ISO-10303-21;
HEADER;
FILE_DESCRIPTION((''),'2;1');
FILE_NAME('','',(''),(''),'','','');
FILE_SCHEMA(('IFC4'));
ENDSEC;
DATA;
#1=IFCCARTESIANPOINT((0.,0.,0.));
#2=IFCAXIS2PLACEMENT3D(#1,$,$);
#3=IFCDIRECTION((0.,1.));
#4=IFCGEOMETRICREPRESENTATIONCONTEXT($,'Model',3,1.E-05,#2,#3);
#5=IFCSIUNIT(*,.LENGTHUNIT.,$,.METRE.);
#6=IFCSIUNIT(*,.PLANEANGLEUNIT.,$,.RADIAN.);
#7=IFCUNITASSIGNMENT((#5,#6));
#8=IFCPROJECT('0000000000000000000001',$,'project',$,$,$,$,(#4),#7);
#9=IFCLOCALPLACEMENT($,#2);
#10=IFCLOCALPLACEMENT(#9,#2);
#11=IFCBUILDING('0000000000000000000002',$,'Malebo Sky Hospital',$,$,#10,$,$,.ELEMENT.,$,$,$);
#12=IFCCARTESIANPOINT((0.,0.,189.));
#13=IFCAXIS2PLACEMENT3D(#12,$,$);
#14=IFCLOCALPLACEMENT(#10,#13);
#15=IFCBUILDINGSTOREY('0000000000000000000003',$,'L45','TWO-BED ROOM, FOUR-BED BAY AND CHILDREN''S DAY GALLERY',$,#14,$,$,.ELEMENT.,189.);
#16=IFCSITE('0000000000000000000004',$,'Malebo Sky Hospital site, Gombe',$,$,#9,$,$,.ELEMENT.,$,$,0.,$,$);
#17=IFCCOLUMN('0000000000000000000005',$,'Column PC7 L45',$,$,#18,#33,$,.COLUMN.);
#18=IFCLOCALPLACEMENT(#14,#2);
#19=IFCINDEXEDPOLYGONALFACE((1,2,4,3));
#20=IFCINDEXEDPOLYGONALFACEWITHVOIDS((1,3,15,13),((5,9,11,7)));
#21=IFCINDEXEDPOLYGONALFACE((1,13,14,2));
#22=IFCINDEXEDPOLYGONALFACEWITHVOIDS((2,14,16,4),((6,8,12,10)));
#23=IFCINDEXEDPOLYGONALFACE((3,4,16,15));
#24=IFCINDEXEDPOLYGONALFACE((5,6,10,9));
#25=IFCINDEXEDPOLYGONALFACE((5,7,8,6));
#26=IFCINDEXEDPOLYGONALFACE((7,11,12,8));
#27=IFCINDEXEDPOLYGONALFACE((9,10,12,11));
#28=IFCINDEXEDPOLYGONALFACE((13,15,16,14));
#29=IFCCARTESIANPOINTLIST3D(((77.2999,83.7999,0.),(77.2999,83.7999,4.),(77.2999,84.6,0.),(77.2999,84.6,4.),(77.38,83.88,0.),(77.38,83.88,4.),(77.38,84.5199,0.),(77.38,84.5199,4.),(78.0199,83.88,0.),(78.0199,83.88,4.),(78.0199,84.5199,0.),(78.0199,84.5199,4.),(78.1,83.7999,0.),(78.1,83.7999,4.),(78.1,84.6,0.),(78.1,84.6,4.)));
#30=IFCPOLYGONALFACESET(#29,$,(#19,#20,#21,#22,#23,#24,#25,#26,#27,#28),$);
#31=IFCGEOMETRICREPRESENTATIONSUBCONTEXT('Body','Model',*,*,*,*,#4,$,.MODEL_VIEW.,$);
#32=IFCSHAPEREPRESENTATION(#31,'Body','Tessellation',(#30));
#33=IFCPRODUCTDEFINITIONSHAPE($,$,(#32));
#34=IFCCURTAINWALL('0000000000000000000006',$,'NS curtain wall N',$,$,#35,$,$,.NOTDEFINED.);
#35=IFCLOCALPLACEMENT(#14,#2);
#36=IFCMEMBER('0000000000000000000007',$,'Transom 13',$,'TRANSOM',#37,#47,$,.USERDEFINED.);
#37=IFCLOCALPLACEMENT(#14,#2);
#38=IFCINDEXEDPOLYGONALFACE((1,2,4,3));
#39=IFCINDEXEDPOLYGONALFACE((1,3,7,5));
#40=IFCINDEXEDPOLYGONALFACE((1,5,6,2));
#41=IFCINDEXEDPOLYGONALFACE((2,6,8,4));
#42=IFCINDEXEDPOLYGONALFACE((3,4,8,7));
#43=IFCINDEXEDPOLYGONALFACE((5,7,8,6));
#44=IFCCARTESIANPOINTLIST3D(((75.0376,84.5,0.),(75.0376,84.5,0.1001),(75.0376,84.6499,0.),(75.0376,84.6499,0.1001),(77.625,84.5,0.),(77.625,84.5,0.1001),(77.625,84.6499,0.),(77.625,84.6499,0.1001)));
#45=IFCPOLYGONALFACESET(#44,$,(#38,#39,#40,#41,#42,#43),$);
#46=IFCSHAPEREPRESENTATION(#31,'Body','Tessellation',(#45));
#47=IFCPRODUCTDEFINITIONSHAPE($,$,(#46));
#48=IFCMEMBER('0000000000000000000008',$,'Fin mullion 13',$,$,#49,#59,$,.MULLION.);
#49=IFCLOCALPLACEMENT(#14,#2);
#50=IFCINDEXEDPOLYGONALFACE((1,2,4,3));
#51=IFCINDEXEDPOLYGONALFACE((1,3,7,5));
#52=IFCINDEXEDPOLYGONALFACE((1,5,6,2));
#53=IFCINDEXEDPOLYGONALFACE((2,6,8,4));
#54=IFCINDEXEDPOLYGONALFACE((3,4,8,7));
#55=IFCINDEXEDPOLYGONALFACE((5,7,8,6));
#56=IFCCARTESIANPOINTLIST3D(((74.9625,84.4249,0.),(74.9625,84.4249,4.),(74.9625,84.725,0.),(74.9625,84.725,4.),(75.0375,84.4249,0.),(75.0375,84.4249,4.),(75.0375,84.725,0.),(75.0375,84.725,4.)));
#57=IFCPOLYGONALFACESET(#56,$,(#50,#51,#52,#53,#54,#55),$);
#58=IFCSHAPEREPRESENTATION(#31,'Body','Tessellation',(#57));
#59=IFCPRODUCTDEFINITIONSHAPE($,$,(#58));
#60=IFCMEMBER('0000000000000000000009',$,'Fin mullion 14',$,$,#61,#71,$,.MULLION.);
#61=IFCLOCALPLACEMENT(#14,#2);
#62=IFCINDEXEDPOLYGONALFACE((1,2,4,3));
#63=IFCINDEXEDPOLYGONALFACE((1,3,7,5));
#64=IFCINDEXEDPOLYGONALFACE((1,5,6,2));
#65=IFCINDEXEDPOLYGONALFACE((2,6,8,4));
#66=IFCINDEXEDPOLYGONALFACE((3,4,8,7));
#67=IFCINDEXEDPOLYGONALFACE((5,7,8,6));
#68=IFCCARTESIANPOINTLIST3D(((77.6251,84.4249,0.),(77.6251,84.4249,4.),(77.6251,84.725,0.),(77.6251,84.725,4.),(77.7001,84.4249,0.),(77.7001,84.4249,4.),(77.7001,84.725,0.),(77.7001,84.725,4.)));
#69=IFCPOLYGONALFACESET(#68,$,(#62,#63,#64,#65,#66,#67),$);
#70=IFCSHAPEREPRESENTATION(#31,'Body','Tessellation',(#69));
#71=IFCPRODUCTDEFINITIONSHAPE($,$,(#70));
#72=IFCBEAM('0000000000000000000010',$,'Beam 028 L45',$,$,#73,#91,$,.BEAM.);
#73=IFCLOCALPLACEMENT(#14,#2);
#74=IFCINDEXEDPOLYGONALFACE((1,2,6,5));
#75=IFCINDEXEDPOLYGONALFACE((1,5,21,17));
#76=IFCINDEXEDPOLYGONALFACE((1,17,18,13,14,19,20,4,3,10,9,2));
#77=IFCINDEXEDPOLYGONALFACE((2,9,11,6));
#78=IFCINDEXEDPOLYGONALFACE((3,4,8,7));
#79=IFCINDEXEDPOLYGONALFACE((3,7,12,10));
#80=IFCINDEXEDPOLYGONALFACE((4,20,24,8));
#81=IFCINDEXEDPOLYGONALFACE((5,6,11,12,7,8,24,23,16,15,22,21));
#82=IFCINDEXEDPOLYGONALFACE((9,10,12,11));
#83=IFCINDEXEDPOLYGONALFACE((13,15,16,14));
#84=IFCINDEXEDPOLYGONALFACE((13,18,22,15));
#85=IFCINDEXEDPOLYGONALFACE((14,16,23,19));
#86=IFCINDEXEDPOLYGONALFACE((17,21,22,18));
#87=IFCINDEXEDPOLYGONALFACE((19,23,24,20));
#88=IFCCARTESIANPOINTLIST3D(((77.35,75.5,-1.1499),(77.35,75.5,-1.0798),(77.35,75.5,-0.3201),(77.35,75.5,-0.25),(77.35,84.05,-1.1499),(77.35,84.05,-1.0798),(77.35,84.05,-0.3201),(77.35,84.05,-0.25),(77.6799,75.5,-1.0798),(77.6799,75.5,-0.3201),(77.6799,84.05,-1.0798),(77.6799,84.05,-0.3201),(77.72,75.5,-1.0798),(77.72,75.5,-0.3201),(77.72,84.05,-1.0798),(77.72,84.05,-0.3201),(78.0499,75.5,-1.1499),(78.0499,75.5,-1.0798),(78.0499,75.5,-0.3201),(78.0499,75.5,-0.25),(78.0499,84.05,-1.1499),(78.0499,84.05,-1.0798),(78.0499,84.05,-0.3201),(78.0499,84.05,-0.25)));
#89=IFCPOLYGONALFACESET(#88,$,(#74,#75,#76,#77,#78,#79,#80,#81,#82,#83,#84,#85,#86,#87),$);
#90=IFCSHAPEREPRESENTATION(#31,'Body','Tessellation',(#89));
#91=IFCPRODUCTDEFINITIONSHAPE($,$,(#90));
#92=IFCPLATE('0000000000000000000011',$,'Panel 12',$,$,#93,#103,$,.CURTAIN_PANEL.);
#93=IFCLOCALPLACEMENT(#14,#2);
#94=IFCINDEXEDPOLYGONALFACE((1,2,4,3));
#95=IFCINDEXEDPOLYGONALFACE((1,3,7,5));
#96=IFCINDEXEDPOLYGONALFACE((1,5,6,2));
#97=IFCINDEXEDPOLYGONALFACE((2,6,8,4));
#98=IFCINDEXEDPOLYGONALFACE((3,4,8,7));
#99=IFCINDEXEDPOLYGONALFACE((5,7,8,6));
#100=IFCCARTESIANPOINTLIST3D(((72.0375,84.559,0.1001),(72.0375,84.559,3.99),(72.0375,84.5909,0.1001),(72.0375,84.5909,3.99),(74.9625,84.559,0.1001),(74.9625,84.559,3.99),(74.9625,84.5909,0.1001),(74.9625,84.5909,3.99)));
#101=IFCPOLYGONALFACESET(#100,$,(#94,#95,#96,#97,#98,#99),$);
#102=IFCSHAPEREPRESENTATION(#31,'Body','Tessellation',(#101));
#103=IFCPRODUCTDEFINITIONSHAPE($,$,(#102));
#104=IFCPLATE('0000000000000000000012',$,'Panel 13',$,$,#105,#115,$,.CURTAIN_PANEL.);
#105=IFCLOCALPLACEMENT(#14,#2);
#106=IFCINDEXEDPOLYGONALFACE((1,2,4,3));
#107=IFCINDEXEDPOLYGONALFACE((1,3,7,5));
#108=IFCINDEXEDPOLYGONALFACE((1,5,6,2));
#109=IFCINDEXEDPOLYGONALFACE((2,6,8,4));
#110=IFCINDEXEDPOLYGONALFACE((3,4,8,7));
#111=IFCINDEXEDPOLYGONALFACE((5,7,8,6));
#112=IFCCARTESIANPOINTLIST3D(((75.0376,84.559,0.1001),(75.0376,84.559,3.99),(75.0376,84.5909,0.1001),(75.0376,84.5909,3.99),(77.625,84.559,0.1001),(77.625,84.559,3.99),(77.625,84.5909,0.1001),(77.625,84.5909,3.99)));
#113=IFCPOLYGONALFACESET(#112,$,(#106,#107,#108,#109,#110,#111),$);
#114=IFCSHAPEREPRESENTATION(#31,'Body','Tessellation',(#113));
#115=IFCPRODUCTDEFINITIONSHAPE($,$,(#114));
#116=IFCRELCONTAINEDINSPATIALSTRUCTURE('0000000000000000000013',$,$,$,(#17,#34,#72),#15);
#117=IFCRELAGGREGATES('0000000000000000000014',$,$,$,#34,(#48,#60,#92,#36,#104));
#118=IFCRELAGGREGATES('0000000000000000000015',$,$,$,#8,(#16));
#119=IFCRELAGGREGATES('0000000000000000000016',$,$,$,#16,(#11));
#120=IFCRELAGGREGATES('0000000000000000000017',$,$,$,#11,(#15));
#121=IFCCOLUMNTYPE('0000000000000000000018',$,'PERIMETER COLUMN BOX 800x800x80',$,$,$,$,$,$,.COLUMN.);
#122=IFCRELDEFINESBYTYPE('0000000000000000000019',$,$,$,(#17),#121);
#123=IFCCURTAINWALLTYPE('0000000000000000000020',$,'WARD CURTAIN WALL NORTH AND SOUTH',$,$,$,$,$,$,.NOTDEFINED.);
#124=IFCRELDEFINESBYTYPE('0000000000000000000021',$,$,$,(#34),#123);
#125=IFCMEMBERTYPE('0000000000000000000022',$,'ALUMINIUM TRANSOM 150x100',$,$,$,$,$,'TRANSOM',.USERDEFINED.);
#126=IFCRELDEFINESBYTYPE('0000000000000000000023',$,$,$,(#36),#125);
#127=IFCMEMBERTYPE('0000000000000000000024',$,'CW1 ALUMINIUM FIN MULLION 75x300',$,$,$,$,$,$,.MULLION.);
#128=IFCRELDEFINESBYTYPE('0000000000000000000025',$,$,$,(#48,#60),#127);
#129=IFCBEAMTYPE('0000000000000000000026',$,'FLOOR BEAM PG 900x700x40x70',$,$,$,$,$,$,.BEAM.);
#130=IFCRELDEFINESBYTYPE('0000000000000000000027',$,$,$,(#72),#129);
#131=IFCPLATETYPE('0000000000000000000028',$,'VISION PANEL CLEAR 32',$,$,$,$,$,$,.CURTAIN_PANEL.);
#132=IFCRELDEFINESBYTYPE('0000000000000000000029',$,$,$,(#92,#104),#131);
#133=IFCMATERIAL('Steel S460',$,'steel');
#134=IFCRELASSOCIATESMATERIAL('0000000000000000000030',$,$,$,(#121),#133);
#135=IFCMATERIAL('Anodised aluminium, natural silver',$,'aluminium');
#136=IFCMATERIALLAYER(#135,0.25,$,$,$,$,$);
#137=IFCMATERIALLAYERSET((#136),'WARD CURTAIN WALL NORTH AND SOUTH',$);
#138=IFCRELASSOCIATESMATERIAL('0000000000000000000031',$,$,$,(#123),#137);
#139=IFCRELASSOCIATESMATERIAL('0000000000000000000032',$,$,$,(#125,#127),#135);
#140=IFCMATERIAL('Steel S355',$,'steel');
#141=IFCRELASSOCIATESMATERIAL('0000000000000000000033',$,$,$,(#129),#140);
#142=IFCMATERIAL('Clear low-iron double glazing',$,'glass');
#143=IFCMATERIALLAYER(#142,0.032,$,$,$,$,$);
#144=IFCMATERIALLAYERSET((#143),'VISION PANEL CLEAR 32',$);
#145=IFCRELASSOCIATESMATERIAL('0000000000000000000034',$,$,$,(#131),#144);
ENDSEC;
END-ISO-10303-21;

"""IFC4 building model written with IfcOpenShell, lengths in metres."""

from ifc_helpers import new_model, si_unit, direction, frame, origin, origin_2d, place, context, subcontext, project, spatial, rectangle, hollow_rectangle, i_section, extrude, material, layer, layer_set, material_profile, profile_set, type_object, element, aggregate, save


model = new_model("IFC4")

# Units and contexts
model_context = context("Model", 3, precision=1e-05, world=origin(), true_north=direction((0.0, 1.0)))
body_context = subcontext(model_context, "Body", "Model", "MODEL_VIEW")
ifc_project = project(units=[si_unit("LENGTHUNIT", "METRE"), si_unit("PLANEANGLEUNIT", "RADIAN")], contexts=[model_context])

# Site, building, storey
site_placement = place(None, origin())
site = spatial("IfcSite", under=ifc_project, at=site_placement, Name="Malebo Sky Hospital site, Gombe", CompositionType="ELEMENT", RefElevation=0.0)
building_placement = place(site_placement, origin())
building = spatial("IfcBuilding", under=site, at=building_placement, Name="Malebo Sky Hospital", CompositionType="ELEMENT")
storey_placement = place(building_placement, frame((0.0, 0.0, 189.0)))
storey = spatial("IfcBuildingStorey", under=building, at=storey_placement, Name="L45", Description="TWO-BED ROOM, FOUR-BED BAY AND CHILDREN'S DAY GALLERY", CompositionType="ELEMENT", Elevation=189.0)

# Column
ifc_material_1 = material(Name="Steel S460", Category="steel")
ifc_material_profile_1 = material_profile(ifc_material_1, hollow_rectangle(XDim=0.8, YDim=0.8, WallThickness=0.0801, at=origin_2d()), Name="BOX 800x800x80")
ifc_profile_set_1 = profile_set([ifc_material_profile_1], Name="Steel S460")
column_type = type_object("IfcColumnType", Name="PERIMETER COLUMN BOX 800x800x80", PredefinedType="COLUMN", material=ifc_profile_set_1)
column_placement = place(storey_placement, frame((77.7, 84.2, 0.0), z_axis=(0.0, 0.0, 1.0), x_axis=(1.0, 0.0, 0.0)))
element("IfcColumn", 1, at=column_placement, inside=storey, type_object=column_type, Name="Column PC7 L45", PredefinedType="COLUMN", context=body_context, shape_type="SweptSolid", body=[
    extrude(hollow_rectangle(XDim=0.8, YDim=0.8, WallThickness=0.0801, at=origin_2d()), origin(), (0.0, 0.0, 1.0), 4.0),
])

# Curtain wall, members
ifc_material_2 = material(Name="Anodised aluminium, natural silver", Category="aluminium")
ifc_layer_1 = layer(ifc_material_2, 0.25)
ifc_layer_set_1 = layer_set([ifc_layer_1], Name="WARD CURTAIN WALL NORTH AND SOUTH")
curtain_wall_type = type_object("IfcCurtainWallType", Name="WARD CURTAIN WALL NORTH AND SOUTH", PredefinedType="NOTDEFINED", material=ifc_layer_set_1)
curtain_wall_placement = place(storey_placement, origin())
curtain_wall = element("IfcCurtainWall", 2, at=curtain_wall_placement, inside=storey, type_object=curtain_wall_type, Name="NS curtain wall N", PredefinedType="NOTDEFINED")
ifc_material_profile_2 = material_profile(ifc_material_2, rectangle(XDim=0.1499, YDim=0.1001, at=origin_2d()), Name="ALUMINIUM TRANSOM 150x100")
ifc_profile_set_2 = profile_set([ifc_material_profile_2], Name="Anodised aluminium, natural silver")
member_type_1 = type_object("IfcMemberType", Name="ALUMINIUM TRANSOM 150x100", ElementType="TRANSOM", PredefinedType="USERDEFINED", material=ifc_profile_set_2)
member_1_placement = place(storey_placement, frame((75.0376, 84.575, 0.05), z_axis=(1.0, 0.0, 0.0), x_axis=(0.0, 1.0, 0.0)))
member_1 = element("IfcMember", 3, at=member_1_placement, type_object=member_type_1, Name="Transom 13", ObjectType="TRANSOM", PredefinedType="USERDEFINED", context=body_context, shape_type="SweptSolid", body=[
    extrude(rectangle(XDim=0.1499, YDim=0.1001, at=origin_2d()), origin(), (0.0, 0.0, 1.0), 2.5874),
])
ifc_material_profile_3 = material_profile(ifc_material_2, rectangle(XDim=0.075, YDim=0.3, at=origin_2d()), Name="CW1 ALUMINIUM FIN MULLION 75x300")
ifc_profile_set_3 = profile_set([ifc_material_profile_3], Name="Anodised aluminium, natural silver")
member_type_2 = type_object("IfcMemberType", Name="CW1 ALUMINIUM FIN MULLION 75x300", PredefinedType="MULLION", material=ifc_profile_set_3)
member_2_placement = place(storey_placement, frame((75.0, 84.575, 0.0), z_axis=(0.0, 0.0, 1.0), x_axis=(1.0, 0.0, 0.0)))
member_2 = element("IfcMember", 4, at=member_2_placement, type_object=member_type_2, Name="Fin mullion 13", PredefinedType="MULLION", context=body_context, shape_type="SweptSolid", body=[
    extrude(rectangle(XDim=0.075, YDim=0.3, at=origin_2d()), origin(), (0.0, 0.0, 1.0), 4.0),
])
member_3_placement = place(storey_placement, frame((77.6626, 84.575, 0.0), z_axis=(0.0, 0.0, 1.0), x_axis=(1.0, 0.0, 0.0)))
member_3 = element("IfcMember", 5, at=member_3_placement, type_object=member_type_2, Name="Fin mullion 14", PredefinedType="MULLION", context=body_context, shape_type="SweptSolid", body=[
    extrude(rectangle(XDim=0.075, YDim=0.3, at=origin_2d()), origin(), (0.0, 0.0, 1.0), 4.0),
])

# Beam
ifc_material_3 = material(Name="Steel S355", Category="steel")
ifc_material_profile_4 = material_profile(ifc_material_3, i_section(OverallWidth=0.7, OverallDepth=0.8999, WebThickness=0.04, FlangeThickness=0.0701, at=origin_2d()), Name="PG 900x700x40x70")
ifc_profile_set_4 = profile_set([ifc_material_profile_4], Name="Steel S355")
beam_type = type_object("IfcBeamType", Name="FLOOR BEAM PG 900x700x40x70", PredefinedType="BEAM", material=ifc_profile_set_4)
beam_placement = place(storey_placement, frame((77.7, 75.5, -0.7), z_axis=(0.0, 1.0, 0.0), x_axis=(-1.0, 0.0, 0.0)))
element("IfcBeam", 6, at=beam_placement, inside=storey, type_object=beam_type, Name="Beam 028 L45", PredefinedType="BEAM", context=body_context, shape_type="SweptSolid", body=[
    extrude(i_section(OverallWidth=0.7, OverallDepth=0.8999, WebThickness=0.04, FlangeThickness=0.0701, at=origin_2d()), origin(), (0.0, 0.0, 1.0), 8.55),
])

# Plates
ifc_material_4 = material(Name="Clear low-iron double glazing", Category="glass")
ifc_layer_2 = layer(ifc_material_4, 0.032)
ifc_layer_set_2 = layer_set([ifc_layer_2], Name="VISION PANEL CLEAR 32")
plate_type = type_object("IfcPlateType", Name="VISION PANEL CLEAR 32", PredefinedType="CURTAIN_PANEL", material=ifc_layer_set_2)
plate_1_placement = place(storey_placement, frame((73.5, 84.575, 0.1001), z_axis=(0.0, 0.0, 1.0), x_axis=(1.0, 0.0, 0.0)))
plate_1 = element("IfcPlate", 7, at=plate_1_placement, type_object=plate_type, Name="Panel 12", PredefinedType="CURTAIN_PANEL", context=body_context, shape_type="SweptSolid", body=[
    extrude(rectangle(XDim=2.925, YDim=0.032, at=origin_2d()), origin(), (0.0, 0.0, 1.0), 3.8899),
])
plate_2_placement = place(storey_placement, frame((76.3313, 84.575, 0.1001), z_axis=(0.0, 0.0, 1.0), x_axis=(1.0, 0.0, 0.0)))
plate_2 = element("IfcPlate", 8, at=plate_2_placement, type_object=plate_type, Name="Panel 13", PredefinedType="CURTAIN_PANEL", context=body_context, shape_type="SweptSolid", body=[
    extrude(rectangle(XDim=2.5874, YDim=0.032, at=origin_2d()), origin(), (0.0, 0.0, 1.0), 3.8899),
])
aggregate(curtain_wall, [member_2, member_3, plate_1, member_1, plate_2])

save(model, "model.ifc")
